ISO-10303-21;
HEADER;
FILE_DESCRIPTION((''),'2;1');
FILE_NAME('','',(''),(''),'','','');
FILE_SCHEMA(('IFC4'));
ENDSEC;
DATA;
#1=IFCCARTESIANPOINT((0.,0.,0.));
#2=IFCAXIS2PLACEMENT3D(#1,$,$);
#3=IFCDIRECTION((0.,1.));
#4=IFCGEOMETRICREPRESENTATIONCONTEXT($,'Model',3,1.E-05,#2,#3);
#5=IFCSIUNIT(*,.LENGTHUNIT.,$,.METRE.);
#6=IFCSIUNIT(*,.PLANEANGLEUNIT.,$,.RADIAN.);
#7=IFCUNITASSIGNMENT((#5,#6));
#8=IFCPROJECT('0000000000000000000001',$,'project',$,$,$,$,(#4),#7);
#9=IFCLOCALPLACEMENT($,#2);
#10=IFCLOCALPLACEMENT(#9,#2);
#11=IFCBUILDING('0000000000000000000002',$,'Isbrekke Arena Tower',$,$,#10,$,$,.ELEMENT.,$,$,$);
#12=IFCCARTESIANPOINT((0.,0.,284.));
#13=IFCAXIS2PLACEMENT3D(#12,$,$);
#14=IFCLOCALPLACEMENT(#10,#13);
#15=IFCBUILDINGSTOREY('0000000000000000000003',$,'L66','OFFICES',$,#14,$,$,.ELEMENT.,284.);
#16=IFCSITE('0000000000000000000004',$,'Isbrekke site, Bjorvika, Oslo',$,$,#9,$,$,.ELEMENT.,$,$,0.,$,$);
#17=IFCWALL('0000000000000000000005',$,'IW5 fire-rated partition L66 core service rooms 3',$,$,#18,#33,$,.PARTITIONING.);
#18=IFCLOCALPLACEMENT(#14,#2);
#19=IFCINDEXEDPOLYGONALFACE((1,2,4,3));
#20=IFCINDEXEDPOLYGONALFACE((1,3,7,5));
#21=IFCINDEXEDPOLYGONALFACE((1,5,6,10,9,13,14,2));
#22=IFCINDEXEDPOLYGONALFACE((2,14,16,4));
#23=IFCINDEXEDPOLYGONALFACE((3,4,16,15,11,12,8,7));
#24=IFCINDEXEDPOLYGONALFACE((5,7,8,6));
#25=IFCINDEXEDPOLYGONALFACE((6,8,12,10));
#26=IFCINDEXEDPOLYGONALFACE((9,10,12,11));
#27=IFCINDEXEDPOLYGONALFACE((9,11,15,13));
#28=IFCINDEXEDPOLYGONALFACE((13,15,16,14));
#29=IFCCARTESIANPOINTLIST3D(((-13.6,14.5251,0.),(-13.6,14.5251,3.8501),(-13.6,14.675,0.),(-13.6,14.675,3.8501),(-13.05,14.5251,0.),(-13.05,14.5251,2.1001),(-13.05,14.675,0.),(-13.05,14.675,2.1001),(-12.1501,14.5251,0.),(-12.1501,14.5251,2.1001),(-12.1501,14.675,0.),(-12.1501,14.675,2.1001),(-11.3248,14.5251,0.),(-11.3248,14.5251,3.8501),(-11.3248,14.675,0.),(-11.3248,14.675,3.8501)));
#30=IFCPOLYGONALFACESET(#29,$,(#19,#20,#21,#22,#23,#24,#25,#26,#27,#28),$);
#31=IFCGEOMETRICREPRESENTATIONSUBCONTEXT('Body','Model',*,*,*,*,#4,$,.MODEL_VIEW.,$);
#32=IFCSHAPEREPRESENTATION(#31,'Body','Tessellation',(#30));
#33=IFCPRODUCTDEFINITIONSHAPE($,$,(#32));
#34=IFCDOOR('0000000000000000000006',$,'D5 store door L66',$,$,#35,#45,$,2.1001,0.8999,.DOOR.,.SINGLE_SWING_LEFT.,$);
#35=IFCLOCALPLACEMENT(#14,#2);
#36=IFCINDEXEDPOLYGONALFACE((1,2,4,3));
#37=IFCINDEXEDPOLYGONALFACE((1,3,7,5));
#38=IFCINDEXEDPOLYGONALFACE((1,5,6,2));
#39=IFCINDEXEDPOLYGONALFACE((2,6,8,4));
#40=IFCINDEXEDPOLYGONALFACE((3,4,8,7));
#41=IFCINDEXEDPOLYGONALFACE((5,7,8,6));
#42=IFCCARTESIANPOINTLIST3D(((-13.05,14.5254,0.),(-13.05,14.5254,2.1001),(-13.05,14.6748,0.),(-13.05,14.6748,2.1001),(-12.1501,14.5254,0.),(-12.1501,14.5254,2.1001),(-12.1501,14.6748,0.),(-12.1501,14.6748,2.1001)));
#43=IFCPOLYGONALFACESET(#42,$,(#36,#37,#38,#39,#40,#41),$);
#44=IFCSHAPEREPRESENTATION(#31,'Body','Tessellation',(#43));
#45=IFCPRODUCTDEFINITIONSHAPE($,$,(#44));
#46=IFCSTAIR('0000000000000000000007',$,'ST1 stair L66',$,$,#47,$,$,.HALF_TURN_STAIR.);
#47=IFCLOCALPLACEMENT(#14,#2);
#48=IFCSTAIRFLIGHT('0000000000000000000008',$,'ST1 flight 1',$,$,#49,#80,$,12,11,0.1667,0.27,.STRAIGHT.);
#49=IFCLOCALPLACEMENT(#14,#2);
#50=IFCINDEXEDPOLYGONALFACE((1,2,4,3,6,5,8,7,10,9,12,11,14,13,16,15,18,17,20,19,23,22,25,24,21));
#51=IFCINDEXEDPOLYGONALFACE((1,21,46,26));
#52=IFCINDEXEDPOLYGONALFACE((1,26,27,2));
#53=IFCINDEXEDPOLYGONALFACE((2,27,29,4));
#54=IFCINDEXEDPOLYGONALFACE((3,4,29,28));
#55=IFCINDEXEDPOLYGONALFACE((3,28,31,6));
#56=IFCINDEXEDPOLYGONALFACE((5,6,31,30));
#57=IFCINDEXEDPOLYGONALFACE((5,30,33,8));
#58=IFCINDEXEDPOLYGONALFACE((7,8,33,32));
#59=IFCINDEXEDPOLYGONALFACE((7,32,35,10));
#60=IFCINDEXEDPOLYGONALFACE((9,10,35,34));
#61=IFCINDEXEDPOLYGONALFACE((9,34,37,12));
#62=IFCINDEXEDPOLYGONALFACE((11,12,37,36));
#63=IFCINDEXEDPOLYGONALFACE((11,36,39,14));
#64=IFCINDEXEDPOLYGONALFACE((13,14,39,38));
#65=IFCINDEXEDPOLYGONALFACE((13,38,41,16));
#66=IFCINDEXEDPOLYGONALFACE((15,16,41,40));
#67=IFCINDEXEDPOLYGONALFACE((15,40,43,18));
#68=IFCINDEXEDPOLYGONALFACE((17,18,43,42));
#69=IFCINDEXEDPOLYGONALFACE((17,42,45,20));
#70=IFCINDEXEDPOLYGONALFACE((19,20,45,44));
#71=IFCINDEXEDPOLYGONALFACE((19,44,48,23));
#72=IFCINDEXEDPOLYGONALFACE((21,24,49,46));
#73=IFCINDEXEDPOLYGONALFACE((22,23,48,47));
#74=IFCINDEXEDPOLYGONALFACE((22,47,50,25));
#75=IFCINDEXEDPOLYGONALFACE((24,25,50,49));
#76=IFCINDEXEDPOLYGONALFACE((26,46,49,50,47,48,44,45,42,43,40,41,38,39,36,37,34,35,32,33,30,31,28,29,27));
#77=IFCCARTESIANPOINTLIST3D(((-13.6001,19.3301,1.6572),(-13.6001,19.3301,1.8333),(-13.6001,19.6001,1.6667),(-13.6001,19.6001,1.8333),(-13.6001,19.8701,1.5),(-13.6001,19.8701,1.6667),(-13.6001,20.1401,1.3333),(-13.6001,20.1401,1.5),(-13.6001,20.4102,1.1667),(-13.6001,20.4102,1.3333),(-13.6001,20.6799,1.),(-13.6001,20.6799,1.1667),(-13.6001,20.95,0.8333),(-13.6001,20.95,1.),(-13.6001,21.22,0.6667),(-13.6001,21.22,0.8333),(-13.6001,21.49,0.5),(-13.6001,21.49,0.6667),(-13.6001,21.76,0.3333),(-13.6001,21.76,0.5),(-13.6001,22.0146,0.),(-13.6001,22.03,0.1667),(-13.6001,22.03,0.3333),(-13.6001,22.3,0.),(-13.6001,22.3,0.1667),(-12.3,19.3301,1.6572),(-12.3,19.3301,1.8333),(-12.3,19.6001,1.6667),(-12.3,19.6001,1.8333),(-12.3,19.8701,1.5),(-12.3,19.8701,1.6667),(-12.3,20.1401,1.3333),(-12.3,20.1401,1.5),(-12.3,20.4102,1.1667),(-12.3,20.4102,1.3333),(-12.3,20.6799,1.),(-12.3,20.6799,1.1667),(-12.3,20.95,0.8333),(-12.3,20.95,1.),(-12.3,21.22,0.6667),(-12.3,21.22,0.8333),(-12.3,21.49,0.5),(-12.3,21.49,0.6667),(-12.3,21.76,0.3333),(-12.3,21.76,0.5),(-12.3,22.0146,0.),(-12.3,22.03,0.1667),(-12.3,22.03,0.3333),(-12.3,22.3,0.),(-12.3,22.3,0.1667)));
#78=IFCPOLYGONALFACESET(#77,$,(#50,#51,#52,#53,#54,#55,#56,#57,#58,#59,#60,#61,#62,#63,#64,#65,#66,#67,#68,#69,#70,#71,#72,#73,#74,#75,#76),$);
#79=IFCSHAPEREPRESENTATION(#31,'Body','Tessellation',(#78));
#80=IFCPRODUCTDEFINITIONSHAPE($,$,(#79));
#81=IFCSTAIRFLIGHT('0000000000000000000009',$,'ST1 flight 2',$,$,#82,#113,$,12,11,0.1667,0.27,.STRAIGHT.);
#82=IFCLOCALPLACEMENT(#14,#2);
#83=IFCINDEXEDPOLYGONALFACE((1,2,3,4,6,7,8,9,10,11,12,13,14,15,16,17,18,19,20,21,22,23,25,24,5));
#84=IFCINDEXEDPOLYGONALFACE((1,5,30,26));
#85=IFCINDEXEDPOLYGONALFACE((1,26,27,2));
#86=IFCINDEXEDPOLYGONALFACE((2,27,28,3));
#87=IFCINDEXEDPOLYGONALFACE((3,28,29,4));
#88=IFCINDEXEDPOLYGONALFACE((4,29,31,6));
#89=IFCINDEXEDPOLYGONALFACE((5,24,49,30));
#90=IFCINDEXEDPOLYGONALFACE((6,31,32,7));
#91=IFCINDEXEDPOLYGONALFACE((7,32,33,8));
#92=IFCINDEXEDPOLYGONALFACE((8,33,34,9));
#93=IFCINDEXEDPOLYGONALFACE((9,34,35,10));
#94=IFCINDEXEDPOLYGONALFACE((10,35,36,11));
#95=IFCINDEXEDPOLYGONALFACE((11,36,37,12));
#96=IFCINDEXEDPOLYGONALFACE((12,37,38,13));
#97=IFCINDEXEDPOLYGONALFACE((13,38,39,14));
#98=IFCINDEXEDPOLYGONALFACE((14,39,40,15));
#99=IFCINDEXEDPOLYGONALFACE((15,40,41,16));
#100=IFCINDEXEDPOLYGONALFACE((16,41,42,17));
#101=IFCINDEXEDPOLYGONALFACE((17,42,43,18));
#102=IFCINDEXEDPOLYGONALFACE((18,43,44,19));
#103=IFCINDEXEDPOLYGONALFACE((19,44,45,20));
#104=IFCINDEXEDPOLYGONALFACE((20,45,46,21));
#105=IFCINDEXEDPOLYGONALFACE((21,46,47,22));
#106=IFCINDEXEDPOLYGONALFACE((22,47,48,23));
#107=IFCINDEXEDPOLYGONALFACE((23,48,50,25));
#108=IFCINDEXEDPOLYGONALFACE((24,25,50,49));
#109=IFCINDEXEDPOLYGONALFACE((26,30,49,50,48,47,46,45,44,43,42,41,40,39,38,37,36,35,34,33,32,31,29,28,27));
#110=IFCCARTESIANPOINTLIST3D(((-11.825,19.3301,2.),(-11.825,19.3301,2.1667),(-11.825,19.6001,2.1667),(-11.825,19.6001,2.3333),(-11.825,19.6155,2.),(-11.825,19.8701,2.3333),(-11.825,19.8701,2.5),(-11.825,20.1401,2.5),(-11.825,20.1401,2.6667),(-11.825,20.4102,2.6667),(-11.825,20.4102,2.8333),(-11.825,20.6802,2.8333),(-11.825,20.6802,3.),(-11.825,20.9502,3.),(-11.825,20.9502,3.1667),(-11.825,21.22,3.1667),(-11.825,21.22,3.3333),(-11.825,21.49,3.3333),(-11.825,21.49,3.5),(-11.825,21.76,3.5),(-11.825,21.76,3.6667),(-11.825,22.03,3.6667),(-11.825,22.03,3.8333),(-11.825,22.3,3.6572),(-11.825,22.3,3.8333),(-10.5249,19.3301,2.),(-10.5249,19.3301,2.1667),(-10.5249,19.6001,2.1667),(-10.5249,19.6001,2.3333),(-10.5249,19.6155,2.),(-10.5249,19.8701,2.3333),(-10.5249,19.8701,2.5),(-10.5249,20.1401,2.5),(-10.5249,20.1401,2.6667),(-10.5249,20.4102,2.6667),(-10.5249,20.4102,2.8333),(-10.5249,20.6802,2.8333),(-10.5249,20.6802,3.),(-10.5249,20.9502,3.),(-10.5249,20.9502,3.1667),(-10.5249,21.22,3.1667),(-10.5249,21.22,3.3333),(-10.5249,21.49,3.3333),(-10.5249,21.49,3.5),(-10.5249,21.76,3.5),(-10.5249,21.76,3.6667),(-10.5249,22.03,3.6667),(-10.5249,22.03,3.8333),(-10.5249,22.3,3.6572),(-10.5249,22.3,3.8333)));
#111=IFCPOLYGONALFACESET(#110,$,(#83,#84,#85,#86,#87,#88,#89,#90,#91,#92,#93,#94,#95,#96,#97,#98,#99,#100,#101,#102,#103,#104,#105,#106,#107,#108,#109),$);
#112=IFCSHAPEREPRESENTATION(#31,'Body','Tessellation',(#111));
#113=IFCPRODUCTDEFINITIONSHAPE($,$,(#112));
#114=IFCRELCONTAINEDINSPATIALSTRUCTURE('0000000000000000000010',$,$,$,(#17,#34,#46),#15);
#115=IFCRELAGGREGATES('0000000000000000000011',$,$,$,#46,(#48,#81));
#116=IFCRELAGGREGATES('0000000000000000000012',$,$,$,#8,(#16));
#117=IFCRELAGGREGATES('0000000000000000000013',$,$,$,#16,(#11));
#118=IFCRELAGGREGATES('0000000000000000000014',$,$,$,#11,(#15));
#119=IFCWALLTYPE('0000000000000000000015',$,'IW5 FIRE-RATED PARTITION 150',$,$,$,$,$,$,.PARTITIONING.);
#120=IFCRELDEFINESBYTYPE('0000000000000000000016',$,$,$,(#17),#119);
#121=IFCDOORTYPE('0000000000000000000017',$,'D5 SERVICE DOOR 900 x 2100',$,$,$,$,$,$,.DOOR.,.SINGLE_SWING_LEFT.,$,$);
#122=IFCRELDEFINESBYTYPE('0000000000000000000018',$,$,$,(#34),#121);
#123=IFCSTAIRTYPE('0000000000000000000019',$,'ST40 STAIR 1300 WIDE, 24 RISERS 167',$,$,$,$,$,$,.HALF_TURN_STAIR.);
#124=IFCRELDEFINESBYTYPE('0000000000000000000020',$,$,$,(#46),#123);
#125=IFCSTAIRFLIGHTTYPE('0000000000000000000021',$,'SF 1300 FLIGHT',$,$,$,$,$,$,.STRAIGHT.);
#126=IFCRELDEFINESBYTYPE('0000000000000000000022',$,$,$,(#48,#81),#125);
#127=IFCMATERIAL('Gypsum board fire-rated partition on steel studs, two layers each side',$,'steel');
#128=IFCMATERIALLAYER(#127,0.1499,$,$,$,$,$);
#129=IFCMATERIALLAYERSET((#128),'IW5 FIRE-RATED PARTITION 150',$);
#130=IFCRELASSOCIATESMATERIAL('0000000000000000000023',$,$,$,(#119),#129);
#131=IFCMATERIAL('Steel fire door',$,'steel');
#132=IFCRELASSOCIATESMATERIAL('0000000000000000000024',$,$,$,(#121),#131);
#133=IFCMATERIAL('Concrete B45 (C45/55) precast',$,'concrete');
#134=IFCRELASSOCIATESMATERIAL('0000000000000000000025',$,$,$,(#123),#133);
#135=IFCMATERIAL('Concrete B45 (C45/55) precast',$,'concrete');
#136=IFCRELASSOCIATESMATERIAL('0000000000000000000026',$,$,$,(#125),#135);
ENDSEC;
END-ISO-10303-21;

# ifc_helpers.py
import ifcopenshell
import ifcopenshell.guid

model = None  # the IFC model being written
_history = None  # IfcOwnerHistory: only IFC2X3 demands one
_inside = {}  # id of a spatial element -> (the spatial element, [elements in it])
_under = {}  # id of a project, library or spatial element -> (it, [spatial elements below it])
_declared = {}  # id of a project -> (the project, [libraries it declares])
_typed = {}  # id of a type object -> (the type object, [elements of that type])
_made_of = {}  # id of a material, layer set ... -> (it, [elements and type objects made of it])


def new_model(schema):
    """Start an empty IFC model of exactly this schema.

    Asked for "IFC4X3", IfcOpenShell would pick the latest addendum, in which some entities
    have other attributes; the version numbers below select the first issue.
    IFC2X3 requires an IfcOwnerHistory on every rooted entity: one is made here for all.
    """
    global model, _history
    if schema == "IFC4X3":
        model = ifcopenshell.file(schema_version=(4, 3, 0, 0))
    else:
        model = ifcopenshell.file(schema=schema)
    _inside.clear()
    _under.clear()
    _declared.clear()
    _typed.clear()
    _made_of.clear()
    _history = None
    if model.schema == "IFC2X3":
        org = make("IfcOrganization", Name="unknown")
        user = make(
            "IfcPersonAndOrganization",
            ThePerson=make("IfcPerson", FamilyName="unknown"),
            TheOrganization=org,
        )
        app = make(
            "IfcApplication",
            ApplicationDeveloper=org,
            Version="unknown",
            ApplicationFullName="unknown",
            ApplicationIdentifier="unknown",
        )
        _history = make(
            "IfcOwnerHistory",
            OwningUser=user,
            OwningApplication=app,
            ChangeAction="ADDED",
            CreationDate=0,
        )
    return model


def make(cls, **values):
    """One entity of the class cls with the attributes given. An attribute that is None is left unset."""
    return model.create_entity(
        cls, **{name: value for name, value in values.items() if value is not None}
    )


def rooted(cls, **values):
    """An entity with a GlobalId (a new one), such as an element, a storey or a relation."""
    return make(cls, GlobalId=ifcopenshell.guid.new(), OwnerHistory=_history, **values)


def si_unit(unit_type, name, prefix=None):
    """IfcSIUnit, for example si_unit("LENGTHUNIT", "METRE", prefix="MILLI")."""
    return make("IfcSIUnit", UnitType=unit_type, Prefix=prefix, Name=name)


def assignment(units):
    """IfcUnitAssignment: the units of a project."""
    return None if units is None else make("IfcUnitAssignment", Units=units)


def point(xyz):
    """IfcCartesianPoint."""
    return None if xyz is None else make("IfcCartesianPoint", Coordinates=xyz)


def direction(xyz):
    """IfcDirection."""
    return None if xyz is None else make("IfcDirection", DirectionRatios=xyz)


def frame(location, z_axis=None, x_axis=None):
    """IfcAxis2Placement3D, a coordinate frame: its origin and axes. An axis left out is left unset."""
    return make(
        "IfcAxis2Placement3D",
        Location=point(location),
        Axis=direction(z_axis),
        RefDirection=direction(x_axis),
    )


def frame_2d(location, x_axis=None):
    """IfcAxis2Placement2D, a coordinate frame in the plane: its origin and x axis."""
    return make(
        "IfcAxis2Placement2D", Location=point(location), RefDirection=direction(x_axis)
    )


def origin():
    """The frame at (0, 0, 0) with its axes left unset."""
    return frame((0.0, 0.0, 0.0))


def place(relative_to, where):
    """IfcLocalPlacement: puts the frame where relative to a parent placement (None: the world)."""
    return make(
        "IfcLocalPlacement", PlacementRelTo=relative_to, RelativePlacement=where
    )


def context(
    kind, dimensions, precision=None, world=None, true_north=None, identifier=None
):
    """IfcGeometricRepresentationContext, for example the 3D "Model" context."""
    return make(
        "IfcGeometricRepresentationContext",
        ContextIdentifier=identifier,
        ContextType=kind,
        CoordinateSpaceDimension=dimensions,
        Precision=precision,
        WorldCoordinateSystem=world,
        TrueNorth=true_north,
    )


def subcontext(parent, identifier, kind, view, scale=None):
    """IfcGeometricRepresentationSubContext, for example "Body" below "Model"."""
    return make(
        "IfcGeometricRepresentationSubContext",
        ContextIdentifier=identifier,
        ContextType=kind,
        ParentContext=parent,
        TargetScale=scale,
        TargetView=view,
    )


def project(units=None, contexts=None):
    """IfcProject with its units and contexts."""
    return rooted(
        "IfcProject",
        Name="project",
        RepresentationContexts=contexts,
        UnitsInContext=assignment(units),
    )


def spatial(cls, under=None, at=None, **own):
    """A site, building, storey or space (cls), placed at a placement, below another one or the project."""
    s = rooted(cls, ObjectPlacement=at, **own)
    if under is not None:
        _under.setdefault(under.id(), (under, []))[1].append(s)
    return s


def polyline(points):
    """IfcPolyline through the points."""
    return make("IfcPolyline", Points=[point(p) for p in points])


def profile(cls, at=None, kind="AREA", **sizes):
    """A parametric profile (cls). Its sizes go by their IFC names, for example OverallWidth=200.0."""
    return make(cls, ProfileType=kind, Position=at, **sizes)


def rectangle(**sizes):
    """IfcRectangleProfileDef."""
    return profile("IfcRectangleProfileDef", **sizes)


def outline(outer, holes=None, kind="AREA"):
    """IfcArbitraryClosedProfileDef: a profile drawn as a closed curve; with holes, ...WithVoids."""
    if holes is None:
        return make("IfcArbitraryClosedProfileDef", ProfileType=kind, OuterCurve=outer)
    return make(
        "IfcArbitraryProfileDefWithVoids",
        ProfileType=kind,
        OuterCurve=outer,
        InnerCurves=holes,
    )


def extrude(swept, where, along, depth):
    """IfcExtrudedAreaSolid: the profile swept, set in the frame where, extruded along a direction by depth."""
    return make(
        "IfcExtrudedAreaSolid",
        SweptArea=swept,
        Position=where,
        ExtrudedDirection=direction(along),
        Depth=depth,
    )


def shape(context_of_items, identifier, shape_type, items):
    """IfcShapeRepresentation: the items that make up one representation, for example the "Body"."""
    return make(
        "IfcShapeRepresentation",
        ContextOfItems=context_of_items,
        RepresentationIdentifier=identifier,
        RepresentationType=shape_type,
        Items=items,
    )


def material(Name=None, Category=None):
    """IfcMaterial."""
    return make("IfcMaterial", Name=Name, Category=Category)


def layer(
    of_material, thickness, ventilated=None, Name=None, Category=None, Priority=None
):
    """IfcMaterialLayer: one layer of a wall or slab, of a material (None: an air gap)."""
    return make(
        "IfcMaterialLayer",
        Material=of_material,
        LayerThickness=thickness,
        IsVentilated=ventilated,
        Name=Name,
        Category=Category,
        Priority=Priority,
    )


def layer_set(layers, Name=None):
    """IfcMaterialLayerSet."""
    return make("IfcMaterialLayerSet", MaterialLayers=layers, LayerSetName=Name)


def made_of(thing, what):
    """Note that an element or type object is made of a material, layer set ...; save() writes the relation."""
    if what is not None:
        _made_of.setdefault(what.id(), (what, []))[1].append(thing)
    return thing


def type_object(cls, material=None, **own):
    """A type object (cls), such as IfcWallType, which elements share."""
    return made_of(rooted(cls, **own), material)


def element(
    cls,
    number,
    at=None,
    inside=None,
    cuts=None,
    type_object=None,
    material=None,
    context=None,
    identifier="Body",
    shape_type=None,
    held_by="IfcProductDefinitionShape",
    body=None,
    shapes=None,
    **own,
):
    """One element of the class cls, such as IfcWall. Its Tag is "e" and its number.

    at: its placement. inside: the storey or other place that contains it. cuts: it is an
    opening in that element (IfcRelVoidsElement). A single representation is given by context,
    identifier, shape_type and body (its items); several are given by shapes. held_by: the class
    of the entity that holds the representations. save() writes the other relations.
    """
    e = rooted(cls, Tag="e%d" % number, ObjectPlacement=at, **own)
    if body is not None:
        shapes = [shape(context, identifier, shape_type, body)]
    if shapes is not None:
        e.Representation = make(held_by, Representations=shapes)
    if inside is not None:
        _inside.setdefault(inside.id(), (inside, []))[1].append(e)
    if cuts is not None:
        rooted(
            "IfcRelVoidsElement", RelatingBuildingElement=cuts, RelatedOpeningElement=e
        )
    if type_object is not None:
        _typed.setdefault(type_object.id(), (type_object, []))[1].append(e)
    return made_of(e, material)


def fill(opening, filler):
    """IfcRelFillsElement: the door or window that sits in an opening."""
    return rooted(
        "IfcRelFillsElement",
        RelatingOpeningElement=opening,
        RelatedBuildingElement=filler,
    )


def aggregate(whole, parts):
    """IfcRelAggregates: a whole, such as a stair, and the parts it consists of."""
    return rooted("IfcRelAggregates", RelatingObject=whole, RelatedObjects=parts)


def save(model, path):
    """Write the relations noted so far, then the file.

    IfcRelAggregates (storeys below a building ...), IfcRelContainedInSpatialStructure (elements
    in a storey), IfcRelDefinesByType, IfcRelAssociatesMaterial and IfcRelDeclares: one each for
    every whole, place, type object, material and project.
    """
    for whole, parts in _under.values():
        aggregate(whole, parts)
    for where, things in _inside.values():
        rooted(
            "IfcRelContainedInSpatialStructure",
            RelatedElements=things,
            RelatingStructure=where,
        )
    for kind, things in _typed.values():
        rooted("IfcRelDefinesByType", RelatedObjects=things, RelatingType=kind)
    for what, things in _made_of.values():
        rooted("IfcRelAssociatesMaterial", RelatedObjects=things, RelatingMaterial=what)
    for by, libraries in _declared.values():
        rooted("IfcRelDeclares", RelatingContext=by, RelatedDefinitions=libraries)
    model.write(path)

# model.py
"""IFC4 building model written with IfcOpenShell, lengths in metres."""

from ifc_helpers import new_model, si_unit, direction, frame, frame_2d, origin, place, context, subcontext, project, spatial, polyline, rectangle, outline, extrude, material, layer, layer_set, type_object, element, fill, aggregate, save


model = new_model("IFC4")

# Units and contexts
model_context = context("Model", 3, precision=1e-05, world=origin(), true_north=direction((0.0, 1.0)))
body_context = subcontext(model_context, "Body", "Model", "MODEL_VIEW")
ifc_project = project(units=[si_unit("LENGTHUNIT", "METRE"), si_unit("PLANEANGLEUNIT", "RADIAN")], contexts=[model_context])

# Site, building, storey
site_placement = place(None, origin())
site = spatial("IfcSite", under=ifc_project, at=site_placement, Name="Isbrekke site, Bjorvika, Oslo", CompositionType="ELEMENT", RefElevation=0.0)
building_placement = place(site_placement, origin())
building = spatial("IfcBuilding", under=site, at=building_placement, Name="Isbrekke Arena Tower", CompositionType="ELEMENT")
storey_placement = place(building_placement, frame((0.0, 0.0, 284.0)))
storey = spatial("IfcBuildingStorey", under=building, at=storey_placement, Name="L66", Description="OFFICES", CompositionType="ELEMENT", Elevation=284.0)

# Wall, opening, door
ifc_material_1 = material(Name="Gypsum board fire-rated partition on steel studs, two layers each side", Category="steel")
ifc_layer_1 = layer(ifc_material_1, 0.1499)
ifc_layer_set_1 = layer_set([ifc_layer_1], Name="IW5 FIRE-RATED PARTITION 150")
wall_type_1 = type_object("IfcWallType", Name="IW5 FIRE-RATED PARTITION 150", PredefinedType="PARTITIONING", material=ifc_layer_set_1)
wall_1_placement = place(storey_placement, frame((-13.6001, 14.6001, 0.0), z_axis=(0.0, 0.0, 1.0), x_axis=(1.0, 0.0, 0.0)))
wall_1 = element("IfcWall", 1, at=wall_1_placement, inside=storey, type_object=wall_type_1, Name="IW5 fire-rated partition L66 core service rooms 3", PredefinedType="PARTITIONING", context=body_context, shape_type="SweptSolid", body=[
    extrude(rectangle(XDim=2.2751, YDim=0.1499, at=frame_2d((1.1377, 0.0))), origin(), (0.0, 0.0, 1.0), 3.8501),
])
opening_1_placement = place(wall_1_placement, frame((0.55, 0.0, 0.0)))
opening_1 = element("IfcOpeningElement", 2, at=opening_1_placement, cuts=wall_1, PredefinedType="OPENING", context=body_context, shape_type="SweptSolid", body=[
    extrude(rectangle(XDim=0.8999, YDim=2.1001, at=frame_2d((0.45, 1.05))), frame((0.0, 0.0898, 0.0), z_axis=(0.0, -1.0, 0.0), x_axis=(1.0, 0.0, 0.0)), (0.0, 0.0, 1.0), 0.1797),
])
ifc_material_2 = material(Name="Steel fire door", Category="steel")
door_type_1 = type_object("IfcDoorType", Name="D5 SERVICE DOOR 900 x 2100", OperationType="SINGLE_SWING_LEFT", PredefinedType="DOOR", material=ifc_material_2)
door_1_placement = place(opening_1_placement, origin())
door_1 = element("IfcDoor", 3, at=door_1_placement, inside=storey, type_object=door_type_1, Name="D5 store door L66", OperationType="SINGLE_SWING_LEFT", OverallHeight=2.1001, OverallWidth=0.8999, PredefinedType="DOOR", context=body_context, shape_type="SweptSolid", body=[
    extrude(rectangle(XDim=0.8999, YDim=2.1001, at=frame_2d((0.45, 1.05))), frame((0.0, 0.0747, 0.0), z_axis=(0.0, -1.0, 0.0), x_axis=(1.0, 0.0, 0.0)), (0.0, 0.0, 1.0), 0.1494),
])
fill(opening_1, door_1)

# Stair, stair flights
ifc_material_3 = material(Name="Concrete B45 (C45/55) precast", Category="concrete")
stair_type = type_object("IfcStairType", Name="ST40 STAIR 1300 WIDE, 24 RISERS 167", PredefinedType="HALF_TURN_STAIR", material=ifc_material_3)
stair_placement = place(storey_placement, origin())
stair = element("IfcStair", 4, at=stair_placement, inside=storey, type_object=stair_type, Name="ST1 stair L66", PredefinedType="HALF_TURN_STAIR")
ifc_material_4 = material(Name="Concrete B45 (C45/55) precast", Category="concrete")
stair_flight_type = type_object("IfcStairFlightType", Name="SF 1300 FLIGHT", PredefinedType="STRAIGHT", material=ifc_material_4)
stair_flight_1_placement = place(storey_placement, frame((-12.95, 22.3, 0.0), z_axis=(0.0, 0.0, 1.0), x_axis=(0.0, -1.0, 0.0)))
stair_flight_1 = element("IfcStairFlight", 5, at=stair_flight_1_placement, type_object=stair_flight_type, Name="ST1 flight 1", NumberOfRisers=12, NumberOfTreads=11, PredefinedType="STRAIGHT", RiserHeight=0.1667, TreadLength=0.27, context=body_context, shape_type="SweptSolid", body=[
    extrude(outline(polyline([(0.0, 0.0), (0.0, 0.1667), (0.27, 0.1667), (0.27, 0.3333), (0.54, 0.3333), (0.54, 0.5), (0.8101, 0.5), (0.8101, 0.6667), (1.0801, 0.6667), (1.0801, 0.8333), (1.3501, 0.8333), (1.3501, 1.0), (1.6201, 1.0), (1.6201, 1.1667), (1.8899, 1.1667), (1.8899, 1.3333), (2.1599, 1.3333), (2.1599, 1.5), (2.4299, 1.5), (2.4299, 1.6667), (2.7, 1.6667), (2.7, 1.8333), (2.97, 1.8333), (2.97, 2.0), (2.97, 1.6572), (0.2854, 0.0), (0.0, 0.0)])), frame((0.0, 0.6499, 0.0), z_axis=(0.0, -1.0, 0.0), x_axis=(1.0, 0.0, 0.0)), (0.0, 0.0, 1.0), 1.3),
])
stair_flight_2_placement = place(storey_placement, frame((-11.175, 19.3301, 2.0), z_axis=(0.0, 0.0, 1.0), x_axis=(0.0, 1.0, 0.0)))
stair_flight_2 = element("IfcStairFlight", 6, at=stair_flight_2_placement, type_object=stair_flight_type, Name="ST1 flight 2", NumberOfRisers=12, NumberOfTreads=11, PredefinedType="STRAIGHT", RiserHeight=0.1667, TreadLength=0.27, context=body_context, shape_type="SweptSolid", body=[
    extrude(outline(polyline([(0.0, 0.0), (0.0, 0.1667), (0.27, 0.1667), (0.27, 0.3333), (0.54, 0.3333), (0.54, 0.5), (0.8101, 0.5), (0.8101, 0.6667), (1.0801, 0.6667), (1.0801, 0.8333), (1.3501, 0.8333), (1.3501, 1.0), (1.6201, 1.0), (1.6201, 1.1667), (1.8899, 1.1667), (1.8899, 1.3333), (2.1599, 1.3333), (2.1599, 1.5), (2.4299, 1.5), (2.4299, 1.6667), (2.7, 1.6667), (2.7, 1.8333), (2.97, 1.8333), (2.97, 2.0), (2.97, 1.6572), (0.2854, 0.0), (0.0, 0.0)])), frame((0.0, 0.6499, 0.0), z_axis=(0.0, -1.0, 0.0), x_axis=(1.0, 0.0, 0.0)), (0.0, 0.0, 1.0), 1.3),
])
aggregate(stair, [stair_flight_1, stair_flight_2])

save(model, "model.ifc")
